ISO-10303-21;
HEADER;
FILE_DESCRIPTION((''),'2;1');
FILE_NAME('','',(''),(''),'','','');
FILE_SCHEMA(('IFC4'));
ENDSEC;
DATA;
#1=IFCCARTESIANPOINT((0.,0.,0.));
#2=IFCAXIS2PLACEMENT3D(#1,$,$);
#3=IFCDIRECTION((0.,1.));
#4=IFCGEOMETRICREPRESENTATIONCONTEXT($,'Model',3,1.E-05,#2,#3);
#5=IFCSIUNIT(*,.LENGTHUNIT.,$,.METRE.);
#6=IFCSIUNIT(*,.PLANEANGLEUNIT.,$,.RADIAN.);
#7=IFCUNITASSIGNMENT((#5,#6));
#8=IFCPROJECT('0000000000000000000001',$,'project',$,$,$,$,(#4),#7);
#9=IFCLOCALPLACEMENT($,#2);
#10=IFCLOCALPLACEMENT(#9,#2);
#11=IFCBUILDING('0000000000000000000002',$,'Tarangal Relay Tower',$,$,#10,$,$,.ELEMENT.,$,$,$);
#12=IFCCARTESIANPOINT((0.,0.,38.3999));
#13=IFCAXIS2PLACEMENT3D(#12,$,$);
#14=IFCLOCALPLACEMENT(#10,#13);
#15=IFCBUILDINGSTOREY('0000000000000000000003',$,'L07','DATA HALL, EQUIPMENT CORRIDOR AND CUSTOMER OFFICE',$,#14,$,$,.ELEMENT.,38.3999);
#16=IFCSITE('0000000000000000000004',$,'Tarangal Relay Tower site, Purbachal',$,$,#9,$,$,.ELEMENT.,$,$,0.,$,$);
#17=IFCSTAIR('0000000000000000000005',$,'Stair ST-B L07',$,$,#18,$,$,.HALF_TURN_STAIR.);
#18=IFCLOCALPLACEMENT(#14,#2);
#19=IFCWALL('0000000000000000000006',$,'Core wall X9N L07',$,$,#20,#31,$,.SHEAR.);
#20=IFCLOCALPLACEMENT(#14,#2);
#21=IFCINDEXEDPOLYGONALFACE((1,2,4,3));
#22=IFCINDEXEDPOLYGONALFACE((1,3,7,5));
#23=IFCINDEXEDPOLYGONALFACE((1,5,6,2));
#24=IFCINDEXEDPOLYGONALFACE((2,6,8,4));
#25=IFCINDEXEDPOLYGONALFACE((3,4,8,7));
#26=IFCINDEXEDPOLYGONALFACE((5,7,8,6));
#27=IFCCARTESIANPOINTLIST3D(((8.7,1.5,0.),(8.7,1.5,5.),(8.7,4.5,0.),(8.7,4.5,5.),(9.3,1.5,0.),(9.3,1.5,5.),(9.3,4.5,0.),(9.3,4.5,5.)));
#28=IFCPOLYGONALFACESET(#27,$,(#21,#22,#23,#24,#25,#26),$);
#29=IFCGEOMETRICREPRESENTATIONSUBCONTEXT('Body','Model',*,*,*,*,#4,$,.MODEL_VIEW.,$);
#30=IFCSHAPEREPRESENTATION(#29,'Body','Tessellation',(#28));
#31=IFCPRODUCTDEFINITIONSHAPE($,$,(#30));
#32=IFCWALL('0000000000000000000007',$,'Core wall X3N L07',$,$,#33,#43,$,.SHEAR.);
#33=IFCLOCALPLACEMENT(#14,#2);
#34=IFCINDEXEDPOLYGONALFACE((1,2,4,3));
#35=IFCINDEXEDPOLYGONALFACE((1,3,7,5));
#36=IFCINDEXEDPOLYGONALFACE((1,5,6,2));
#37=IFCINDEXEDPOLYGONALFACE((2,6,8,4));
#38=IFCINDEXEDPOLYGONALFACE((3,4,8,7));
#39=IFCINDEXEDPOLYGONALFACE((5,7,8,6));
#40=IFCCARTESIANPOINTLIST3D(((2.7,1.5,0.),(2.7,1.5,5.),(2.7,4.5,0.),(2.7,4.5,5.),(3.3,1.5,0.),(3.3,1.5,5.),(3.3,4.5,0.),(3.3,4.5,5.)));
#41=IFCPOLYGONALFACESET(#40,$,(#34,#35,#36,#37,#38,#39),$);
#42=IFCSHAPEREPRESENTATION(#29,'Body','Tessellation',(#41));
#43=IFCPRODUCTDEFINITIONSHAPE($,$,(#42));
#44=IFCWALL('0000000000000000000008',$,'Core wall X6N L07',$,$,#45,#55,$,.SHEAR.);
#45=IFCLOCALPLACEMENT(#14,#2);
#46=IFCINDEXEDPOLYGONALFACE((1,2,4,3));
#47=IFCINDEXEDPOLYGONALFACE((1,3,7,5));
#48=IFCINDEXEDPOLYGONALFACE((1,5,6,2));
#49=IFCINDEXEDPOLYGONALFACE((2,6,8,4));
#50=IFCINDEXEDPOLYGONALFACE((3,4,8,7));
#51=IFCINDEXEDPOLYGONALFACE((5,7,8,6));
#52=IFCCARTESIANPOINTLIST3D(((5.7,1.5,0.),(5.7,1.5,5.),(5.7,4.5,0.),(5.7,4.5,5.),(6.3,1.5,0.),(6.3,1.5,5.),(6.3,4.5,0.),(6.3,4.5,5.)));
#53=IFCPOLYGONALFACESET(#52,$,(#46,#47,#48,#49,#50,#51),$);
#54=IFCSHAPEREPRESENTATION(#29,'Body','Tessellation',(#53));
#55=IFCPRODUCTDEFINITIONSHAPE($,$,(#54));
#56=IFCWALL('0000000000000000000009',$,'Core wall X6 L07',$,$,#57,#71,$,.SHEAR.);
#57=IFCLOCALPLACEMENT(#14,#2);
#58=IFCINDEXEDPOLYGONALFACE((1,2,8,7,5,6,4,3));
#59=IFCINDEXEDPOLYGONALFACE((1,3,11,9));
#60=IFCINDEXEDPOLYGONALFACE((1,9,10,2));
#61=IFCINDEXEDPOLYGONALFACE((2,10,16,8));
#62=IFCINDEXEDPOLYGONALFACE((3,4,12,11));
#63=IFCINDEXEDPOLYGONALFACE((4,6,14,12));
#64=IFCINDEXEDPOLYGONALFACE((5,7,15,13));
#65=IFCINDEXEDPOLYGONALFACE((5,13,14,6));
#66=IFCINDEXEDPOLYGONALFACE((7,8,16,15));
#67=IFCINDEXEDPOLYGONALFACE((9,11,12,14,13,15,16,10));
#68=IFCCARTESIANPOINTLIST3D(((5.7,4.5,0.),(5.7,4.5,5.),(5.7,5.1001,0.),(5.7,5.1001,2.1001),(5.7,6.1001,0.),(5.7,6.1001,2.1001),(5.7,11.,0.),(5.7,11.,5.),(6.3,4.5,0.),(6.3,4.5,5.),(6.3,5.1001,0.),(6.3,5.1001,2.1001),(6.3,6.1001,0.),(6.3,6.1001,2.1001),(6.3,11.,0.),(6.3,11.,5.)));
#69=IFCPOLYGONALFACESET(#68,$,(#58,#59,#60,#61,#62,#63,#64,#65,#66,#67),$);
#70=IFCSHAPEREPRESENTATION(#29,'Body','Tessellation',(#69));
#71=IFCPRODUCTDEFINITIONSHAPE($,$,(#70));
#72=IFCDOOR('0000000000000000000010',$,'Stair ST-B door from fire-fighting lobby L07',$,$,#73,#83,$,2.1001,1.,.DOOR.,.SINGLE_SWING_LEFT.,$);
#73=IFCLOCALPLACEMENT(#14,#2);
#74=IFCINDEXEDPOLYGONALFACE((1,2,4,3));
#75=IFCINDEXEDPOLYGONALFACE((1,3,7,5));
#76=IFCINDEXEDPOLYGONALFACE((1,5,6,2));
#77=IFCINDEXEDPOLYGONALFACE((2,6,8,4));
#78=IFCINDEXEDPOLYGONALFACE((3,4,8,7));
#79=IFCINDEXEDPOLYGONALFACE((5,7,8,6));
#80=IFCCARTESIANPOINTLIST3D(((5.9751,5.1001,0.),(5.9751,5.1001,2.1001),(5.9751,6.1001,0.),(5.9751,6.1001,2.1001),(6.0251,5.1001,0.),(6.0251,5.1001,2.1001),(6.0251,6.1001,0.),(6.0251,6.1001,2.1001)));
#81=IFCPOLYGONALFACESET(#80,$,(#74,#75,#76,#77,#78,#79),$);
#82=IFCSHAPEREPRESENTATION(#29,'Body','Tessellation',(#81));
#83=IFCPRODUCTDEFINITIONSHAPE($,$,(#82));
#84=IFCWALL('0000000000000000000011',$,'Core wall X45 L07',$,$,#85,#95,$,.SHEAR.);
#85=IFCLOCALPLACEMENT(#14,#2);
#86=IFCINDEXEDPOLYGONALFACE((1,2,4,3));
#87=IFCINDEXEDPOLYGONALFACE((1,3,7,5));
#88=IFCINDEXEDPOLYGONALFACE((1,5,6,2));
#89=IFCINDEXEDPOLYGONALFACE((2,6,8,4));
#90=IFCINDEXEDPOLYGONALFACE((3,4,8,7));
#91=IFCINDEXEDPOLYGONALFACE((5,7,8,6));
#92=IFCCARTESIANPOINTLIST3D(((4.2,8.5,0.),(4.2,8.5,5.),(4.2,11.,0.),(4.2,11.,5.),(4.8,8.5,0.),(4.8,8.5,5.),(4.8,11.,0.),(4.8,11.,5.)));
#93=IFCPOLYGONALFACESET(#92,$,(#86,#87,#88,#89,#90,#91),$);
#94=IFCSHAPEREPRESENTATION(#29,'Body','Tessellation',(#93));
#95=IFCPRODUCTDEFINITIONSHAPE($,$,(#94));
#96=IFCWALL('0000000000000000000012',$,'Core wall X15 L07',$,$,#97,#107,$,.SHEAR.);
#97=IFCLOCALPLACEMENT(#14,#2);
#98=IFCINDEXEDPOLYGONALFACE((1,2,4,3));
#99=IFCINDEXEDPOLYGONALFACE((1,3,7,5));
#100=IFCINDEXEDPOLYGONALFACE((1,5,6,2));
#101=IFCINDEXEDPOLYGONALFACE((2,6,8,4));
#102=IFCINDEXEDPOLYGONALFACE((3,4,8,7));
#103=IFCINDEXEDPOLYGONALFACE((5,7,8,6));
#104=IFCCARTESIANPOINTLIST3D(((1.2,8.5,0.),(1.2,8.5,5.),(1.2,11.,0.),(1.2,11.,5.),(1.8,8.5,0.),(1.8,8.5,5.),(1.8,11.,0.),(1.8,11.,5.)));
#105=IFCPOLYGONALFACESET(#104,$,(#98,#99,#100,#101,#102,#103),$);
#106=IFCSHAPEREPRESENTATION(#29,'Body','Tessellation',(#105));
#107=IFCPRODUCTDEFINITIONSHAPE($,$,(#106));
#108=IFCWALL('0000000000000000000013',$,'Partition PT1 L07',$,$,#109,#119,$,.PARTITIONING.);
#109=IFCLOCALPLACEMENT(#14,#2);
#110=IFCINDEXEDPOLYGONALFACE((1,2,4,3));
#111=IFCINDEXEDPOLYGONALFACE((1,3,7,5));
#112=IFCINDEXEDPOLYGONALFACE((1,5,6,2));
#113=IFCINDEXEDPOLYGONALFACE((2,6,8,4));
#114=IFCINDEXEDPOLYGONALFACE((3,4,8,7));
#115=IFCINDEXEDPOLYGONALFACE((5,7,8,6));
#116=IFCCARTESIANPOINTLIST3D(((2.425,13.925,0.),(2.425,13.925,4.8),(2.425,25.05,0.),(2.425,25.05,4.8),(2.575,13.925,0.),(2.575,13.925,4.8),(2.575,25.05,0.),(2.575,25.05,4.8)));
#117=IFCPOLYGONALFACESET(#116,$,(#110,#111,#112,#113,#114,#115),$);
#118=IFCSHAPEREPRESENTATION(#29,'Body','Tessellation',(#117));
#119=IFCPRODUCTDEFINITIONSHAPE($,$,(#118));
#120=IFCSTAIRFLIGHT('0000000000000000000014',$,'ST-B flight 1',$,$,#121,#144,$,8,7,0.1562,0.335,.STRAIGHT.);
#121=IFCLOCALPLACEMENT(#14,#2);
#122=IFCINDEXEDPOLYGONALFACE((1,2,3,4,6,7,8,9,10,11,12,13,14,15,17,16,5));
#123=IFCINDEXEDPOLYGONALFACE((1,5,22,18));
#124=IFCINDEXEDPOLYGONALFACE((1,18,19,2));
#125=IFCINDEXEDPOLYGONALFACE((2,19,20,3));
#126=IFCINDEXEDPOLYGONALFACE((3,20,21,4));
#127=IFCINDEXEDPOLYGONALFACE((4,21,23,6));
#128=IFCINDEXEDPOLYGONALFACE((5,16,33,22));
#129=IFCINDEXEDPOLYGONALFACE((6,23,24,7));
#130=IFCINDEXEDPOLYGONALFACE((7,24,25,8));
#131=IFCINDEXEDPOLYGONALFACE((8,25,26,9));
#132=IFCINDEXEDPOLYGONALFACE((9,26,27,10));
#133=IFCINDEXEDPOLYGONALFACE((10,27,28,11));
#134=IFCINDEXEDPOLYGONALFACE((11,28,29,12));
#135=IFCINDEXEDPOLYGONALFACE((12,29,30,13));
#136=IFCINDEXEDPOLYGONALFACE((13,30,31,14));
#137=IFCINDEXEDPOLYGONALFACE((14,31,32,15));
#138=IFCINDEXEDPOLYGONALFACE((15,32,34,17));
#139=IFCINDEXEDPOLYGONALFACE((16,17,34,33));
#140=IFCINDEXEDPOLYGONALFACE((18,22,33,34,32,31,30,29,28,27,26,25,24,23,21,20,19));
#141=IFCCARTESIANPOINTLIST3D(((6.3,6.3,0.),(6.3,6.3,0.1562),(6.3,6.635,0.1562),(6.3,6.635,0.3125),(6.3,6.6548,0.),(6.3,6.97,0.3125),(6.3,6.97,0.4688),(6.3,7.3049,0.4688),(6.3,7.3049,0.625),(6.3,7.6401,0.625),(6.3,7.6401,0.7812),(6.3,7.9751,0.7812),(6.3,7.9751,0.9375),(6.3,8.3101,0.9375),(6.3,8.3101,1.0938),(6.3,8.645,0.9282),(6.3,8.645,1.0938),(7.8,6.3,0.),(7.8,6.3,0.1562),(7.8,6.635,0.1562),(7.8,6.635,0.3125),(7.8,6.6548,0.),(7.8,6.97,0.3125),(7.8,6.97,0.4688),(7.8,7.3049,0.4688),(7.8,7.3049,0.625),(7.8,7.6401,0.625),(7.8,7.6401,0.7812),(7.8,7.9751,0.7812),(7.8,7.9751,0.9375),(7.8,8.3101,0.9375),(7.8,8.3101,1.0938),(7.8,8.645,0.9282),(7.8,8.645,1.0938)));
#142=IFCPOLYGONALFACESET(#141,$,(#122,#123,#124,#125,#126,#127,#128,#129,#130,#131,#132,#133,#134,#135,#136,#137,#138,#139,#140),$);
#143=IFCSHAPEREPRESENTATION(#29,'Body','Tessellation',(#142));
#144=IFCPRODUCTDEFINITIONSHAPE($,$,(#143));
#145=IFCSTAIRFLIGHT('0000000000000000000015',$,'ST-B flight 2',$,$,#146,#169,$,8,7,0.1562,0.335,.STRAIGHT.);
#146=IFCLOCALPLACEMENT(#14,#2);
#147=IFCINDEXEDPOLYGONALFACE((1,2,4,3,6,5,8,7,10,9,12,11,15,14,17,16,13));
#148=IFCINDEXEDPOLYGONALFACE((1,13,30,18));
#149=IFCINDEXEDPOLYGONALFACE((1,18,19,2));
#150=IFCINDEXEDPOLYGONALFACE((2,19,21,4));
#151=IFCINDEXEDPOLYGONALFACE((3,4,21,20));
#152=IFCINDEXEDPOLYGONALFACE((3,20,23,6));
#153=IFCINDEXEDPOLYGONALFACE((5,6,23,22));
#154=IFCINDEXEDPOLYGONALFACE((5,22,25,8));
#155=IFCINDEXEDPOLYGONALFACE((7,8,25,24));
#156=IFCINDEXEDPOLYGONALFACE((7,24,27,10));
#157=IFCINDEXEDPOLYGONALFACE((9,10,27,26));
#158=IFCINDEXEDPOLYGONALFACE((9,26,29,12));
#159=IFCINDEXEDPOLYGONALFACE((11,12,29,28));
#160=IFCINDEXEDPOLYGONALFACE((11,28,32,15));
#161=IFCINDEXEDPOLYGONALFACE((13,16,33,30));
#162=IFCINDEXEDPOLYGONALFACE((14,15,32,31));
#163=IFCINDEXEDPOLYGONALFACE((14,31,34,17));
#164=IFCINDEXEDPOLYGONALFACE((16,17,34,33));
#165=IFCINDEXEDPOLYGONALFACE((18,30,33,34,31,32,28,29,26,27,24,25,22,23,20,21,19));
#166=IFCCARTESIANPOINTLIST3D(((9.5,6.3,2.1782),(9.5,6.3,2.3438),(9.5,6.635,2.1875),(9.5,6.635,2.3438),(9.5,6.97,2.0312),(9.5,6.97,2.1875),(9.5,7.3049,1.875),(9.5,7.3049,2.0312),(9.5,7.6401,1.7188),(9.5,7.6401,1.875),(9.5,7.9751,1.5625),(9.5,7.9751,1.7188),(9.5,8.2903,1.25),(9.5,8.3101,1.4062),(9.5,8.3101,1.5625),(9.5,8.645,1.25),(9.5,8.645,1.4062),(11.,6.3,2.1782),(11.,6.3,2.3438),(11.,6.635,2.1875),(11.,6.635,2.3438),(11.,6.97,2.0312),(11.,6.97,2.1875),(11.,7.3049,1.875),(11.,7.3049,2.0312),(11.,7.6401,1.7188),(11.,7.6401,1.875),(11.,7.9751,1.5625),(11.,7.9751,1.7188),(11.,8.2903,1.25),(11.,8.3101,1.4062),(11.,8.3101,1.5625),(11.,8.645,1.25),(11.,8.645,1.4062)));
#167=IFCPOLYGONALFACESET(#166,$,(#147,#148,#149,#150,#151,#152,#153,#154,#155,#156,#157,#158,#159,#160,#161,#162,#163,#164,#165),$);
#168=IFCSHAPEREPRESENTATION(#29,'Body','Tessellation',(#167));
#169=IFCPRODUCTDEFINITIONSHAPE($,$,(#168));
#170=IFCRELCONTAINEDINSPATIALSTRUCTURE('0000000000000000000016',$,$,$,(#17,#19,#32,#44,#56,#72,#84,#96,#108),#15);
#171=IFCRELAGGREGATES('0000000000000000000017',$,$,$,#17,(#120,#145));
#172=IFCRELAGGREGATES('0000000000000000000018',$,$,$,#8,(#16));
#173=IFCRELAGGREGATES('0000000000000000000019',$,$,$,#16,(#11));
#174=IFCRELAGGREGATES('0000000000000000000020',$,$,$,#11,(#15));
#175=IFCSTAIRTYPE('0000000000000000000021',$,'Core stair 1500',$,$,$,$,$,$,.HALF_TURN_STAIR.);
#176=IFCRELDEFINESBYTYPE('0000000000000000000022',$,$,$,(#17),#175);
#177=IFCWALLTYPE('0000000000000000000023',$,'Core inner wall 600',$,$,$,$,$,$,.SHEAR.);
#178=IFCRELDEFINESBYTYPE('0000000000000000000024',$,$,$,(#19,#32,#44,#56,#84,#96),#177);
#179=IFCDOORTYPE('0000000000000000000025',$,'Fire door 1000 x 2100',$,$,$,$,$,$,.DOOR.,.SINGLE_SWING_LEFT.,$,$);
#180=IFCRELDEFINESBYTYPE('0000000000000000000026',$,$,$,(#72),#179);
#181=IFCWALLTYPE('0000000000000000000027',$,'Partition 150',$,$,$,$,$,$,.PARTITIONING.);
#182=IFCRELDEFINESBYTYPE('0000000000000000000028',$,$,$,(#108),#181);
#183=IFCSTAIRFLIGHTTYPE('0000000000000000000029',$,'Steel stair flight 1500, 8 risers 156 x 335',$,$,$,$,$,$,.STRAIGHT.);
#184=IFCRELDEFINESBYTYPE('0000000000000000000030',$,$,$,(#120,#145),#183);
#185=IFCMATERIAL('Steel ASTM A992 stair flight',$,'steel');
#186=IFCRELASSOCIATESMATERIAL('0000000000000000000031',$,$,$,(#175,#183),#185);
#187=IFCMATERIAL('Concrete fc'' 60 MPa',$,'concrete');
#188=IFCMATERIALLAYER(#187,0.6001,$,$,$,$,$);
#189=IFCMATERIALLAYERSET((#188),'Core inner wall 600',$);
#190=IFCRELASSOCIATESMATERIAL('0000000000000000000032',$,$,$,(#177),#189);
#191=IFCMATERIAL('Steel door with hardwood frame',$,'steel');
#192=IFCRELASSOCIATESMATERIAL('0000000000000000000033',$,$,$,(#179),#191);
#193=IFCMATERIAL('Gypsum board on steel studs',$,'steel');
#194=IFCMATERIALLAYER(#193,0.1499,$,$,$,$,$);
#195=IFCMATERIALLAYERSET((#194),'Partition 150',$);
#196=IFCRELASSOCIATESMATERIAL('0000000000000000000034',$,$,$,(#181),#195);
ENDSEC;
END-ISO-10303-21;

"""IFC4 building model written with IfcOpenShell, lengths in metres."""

from ifc_helpers import new_model, si_unit, direction, frame, frame_2d, origin, place, context, subcontext, project, spatial, polyline, rectangle, outline, extrude, material, layer, layer_set, type_object, element, fill, aggregate, save


model = new_model("IFC4")

# Units and contexts
model_context = context("Model", 3, precision=1e-05, world=origin(), true_north=direction((0.0, 1.0)))
body_context = subcontext(model_context, "Body", "Model", "MODEL_VIEW")
ifc_project = project(units=[si_unit("LENGTHUNIT", "METRE"), si_unit("PLANEANGLEUNIT", "RADIAN")], contexts=[model_context])

# Site, building, storey
site_placement = place(None, origin())
site = spatial("IfcSite", under=ifc_project, at=site_placement, Name="Tarangal Relay Tower site, Purbachal", CompositionType="ELEMENT", RefElevation=0.0)
building_placement = place(site_placement, origin())
building = spatial("IfcBuilding", under=site, at=building_placement, Name="Tarangal Relay Tower", CompositionType="ELEMENT")
storey_placement = place(building_placement, frame((0.0, 0.0, 38.3999)))
storey = spatial("IfcBuildingStorey", under=building, at=storey_placement, Name="L07", Description="DATA HALL, EQUIPMENT CORRIDOR AND CUSTOMER OFFICE", CompositionType="ELEMENT", Elevation=38.3999)

# Stair
ifc_material_1 = material(Name="Steel ASTM A992 stair flight", Category="steel")
stair_type = type_object("IfcStairType", Name="Core stair 1500", PredefinedType="HALF_TURN_STAIR", material=ifc_material_1)
stair_1_placement = place(storey_placement, origin())
stair_1 = element("IfcStair", 1, at=stair_1_placement, inside=storey, type_object=stair_type, Name="Stair ST-B L07", PredefinedType="HALF_TURN_STAIR")

# Walls
ifc_material_2 = material(Name="Concrete fc' 60 MPa", Category="concrete")
ifc_layer_1 = layer(ifc_material_2, 0.6001)
ifc_layer_set_1 = layer_set([ifc_layer_1], Name="Core inner wall 600")
wall_type_1 = type_object("IfcWallType", Name="Core inner wall 600", PredefinedType="SHEAR", material=ifc_layer_set_1)
for number, where, z_axis, x_axis, name in (
    (2, (9.0, 1.5, 0.0), (0.0, 0.0, 1.0), (0.0, 1.0, 0.0), "Core wall X9N L07"),
    (3, (3.0, 1.5, 0.0), (0.0, 0.0, 1.0), (0.0, 1.0, 0.0), "Core wall X3N L07"),
    (4, (6.0, 1.5, 0.0), (0.0, 0.0, 1.0), (0.0, 1.0, 0.0), "Core wall X6N L07"),
):
    element("IfcWall", number, at=place(storey_placement, frame(where, z_axis=z_axis, x_axis=x_axis)), inside=storey, type_object=wall_type_1, Name=name, PredefinedType="SHEAR", context=body_context, shape_type="SweptSolid", body=[
        extrude(rectangle(XDim=3.0, YDim=0.6001, at=frame_2d((1.5, 0.0))), origin(), (0.0, 0.0, 1.0), 5.0),
    ])

# Wall, opening, door
wall_1_placement = place(storey_placement, frame((6.0, 4.5, 0.0), z_axis=(0.0, 0.0, 1.0), x_axis=(0.0, 1.0, 0.0)))
wall_1 = element("IfcWall", 5, at=wall_1_placement, inside=storey, type_object=wall_type_1, Name="Core wall X6 L07", PredefinedType="SHEAR", context=body_context, shape_type="SweptSolid", body=[
    extrude(rectangle(XDim=6.5, YDim=0.6001, at=frame_2d((3.25, 0.0))), origin(), (0.0, 0.0, 1.0), 5.0),
])
opening_placement = place(wall_1_placement, frame((0.6001, 0.0, 0.0)))
opening = element("IfcOpeningElement", 6, at=opening_placement, cuts=wall_1, PredefinedType="OPENING", context=body_context, shape_type="SweptSolid", body=[
    extrude(rectangle(XDim=1.0, YDim=2.1001, at=frame_2d((0.5, 1.05))), frame((0.0, 0.3101, 0.0), z_axis=(0.0, -1.0, 0.0), x_axis=(1.0, 0.0, 0.0)), (0.0, 0.0, 1.0), 0.6201),
])
ifc_material_3 = material(Name="Steel door with hardwood frame", Category="steel")
door_type = type_object("IfcDoorType", Name="Fire door 1000 x 2100", OperationType="SINGLE_SWING_LEFT", PredefinedType="DOOR", material=ifc_material_3)
door_placement = place(opening_placement, origin())
door = element("IfcDoor", 7, at=door_placement, inside=storey, type_object=door_type, Name="Stair ST-B door from fire-fighting lobby L07", OperationType="SINGLE_SWING_LEFT", OverallHeight=2.1001, OverallWidth=1.0, PredefinedType="DOOR", context=body_context, shape_type="SweptSolid", body=[
    extrude(rectangle(XDim=1.0, YDim=2.1001, at=frame_2d((0.5, 1.05))), frame((0.0, 0.0249, 0.0), z_axis=(0.0, -1.0, 0.0), x_axis=(1.0, 0.0, 0.0)), (0.0, 0.0, 1.0), 0.05),
])
fill(opening, door)

# Walls
for number, where, z_axis, x_axis, name in (
    (8, (4.5, 8.5, 0.0), (0.0, 0.0, 1.0), (0.0, 1.0, 0.0), "Core wall X45 L07"),
    (9, (1.5, 8.5, 0.0), (0.0, 0.0, 1.0), (0.0, 1.0, 0.0), "Core wall X15 L07"),
):
    element("IfcWall", number, at=place(storey_placement, frame(where, z_axis=z_axis, x_axis=x_axis)), inside=storey, type_object=wall_type_1, Name=name, PredefinedType="SHEAR", context=body_context, shape_type="SweptSolid", body=[
        extrude(rectangle(XDim=2.5, YDim=0.6001, at=frame_2d((1.25, 0.0))), origin(), (0.0, 0.0, 1.0), 5.0),
    ])
ifc_material_4 = material(Name="Gypsum board on steel studs", Category="steel")
ifc_layer_2 = layer(ifc_material_4, 0.1499)
ifc_layer_set_2 = layer_set([ifc_layer_2], Name="Partition 150")
wall_type_2 = type_object("IfcWallType", Name="Partition 150", PredefinedType="PARTITIONING", material=ifc_layer_set_2)
wall_2_placement = place(storey_placement, frame((2.5, 13.925, 0.0), z_axis=(0.0, 0.0, 1.0), x_axis=(0.0, 1.0, 0.0)))
element("IfcWall", 10, at=wall_2_placement, inside=storey, type_object=wall_type_2, Name="Partition PT1 L07", PredefinedType="PARTITIONING", context=body_context, shape_type="SweptSolid", body=[
    extrude(rectangle(XDim=11.125, YDim=0.1499, at=frame_2d((5.5625, 0.0))), origin(), (0.0, 0.0, 1.0), 4.8),
])

# Stair flights
stair_flight_type = type_object("IfcStairFlightType", Name="Steel stair flight 1500, 8 risers 156 x 335", PredefinedType="STRAIGHT", material=ifc_material_1)
stair_flight_1_placement = place(storey_placement, frame((7.05, 6.3, 0.0), z_axis=(0.0, 0.0, 1.0), x_axis=(0.0, 1.0, 0.0)))
stair_flight_1 = element("IfcStairFlight", 11, at=stair_flight_1_placement, type_object=stair_flight_type, Name="ST-B flight 1", NumberOfRisers=8, NumberOfTreads=7, PredefinedType="STRAIGHT", RiserHeight=0.1562, TreadLength=0.335, context=body_context, shape_type="SweptSolid", body=[
    extrude(outline(polyline([(0.0, 0.0), (0.0, 0.1562), (0.335, 0.1562), (0.335, 0.3125), (0.6699, 0.3125), (0.6699, 0.4688), (1.0049, 0.4688), (1.0049, 0.625), (1.3401, 0.625), (1.3401, 0.7812), (1.675, 0.7812), (1.675, 0.9375), (2.01, 0.9375), (2.01, 1.0938), (2.345, 1.0938), (2.345, 1.25), (2.345, 0.9282), (0.3547, 0.0), (0.0, 0.0)])), frame((0.0, 0.75, 0.0), z_axis=(0.0, -1.0, 0.0), x_axis=(1.0, 0.0, 0.0)), (0.0, 0.0, 1.0), 1.5),
])
stair_flight_2_placement = place(storey_placement, frame((10.25, 8.645, 1.25), z_axis=(0.0, 0.0, 1.0), x_axis=(0.0, -1.0, 0.0)))
stair_flight_2 = element("IfcStairFlight", 12, at=stair_flight_2_placement, type_object=stair_flight_type, Name="ST-B flight 2", NumberOfRisers=8, NumberOfTreads=7, PredefinedType="STRAIGHT", RiserHeight=0.1562, TreadLength=0.335, context=body_context, shape_type="SweptSolid", body=[
    extrude(outline(polyline([(0.0, 0.0), (0.0, 0.1562), (0.335, 0.1562), (0.335, 0.3125), (0.6699, 0.3125), (0.6699, 0.4688), (1.0049, 0.4688), (1.0049, 0.625), (1.3401, 0.625), (1.3401, 0.7812), (1.675, 0.7812), (1.675, 0.9375), (2.01, 0.9375), (2.01, 1.0938), (2.345, 1.0938), (2.345, 1.25), (2.345, 0.9282), (0.3547, 0.0), (0.0, 0.0)])), frame((0.0, 0.75, 0.0), z_axis=(0.0, -1.0, 0.0), x_axis=(1.0, 0.0, 0.0)), (0.0, 0.0, 1.0), 1.5),
])
aggregate(stair_1, [stair_flight_1, stair_flight_2])

save(model, "model.ifc")
